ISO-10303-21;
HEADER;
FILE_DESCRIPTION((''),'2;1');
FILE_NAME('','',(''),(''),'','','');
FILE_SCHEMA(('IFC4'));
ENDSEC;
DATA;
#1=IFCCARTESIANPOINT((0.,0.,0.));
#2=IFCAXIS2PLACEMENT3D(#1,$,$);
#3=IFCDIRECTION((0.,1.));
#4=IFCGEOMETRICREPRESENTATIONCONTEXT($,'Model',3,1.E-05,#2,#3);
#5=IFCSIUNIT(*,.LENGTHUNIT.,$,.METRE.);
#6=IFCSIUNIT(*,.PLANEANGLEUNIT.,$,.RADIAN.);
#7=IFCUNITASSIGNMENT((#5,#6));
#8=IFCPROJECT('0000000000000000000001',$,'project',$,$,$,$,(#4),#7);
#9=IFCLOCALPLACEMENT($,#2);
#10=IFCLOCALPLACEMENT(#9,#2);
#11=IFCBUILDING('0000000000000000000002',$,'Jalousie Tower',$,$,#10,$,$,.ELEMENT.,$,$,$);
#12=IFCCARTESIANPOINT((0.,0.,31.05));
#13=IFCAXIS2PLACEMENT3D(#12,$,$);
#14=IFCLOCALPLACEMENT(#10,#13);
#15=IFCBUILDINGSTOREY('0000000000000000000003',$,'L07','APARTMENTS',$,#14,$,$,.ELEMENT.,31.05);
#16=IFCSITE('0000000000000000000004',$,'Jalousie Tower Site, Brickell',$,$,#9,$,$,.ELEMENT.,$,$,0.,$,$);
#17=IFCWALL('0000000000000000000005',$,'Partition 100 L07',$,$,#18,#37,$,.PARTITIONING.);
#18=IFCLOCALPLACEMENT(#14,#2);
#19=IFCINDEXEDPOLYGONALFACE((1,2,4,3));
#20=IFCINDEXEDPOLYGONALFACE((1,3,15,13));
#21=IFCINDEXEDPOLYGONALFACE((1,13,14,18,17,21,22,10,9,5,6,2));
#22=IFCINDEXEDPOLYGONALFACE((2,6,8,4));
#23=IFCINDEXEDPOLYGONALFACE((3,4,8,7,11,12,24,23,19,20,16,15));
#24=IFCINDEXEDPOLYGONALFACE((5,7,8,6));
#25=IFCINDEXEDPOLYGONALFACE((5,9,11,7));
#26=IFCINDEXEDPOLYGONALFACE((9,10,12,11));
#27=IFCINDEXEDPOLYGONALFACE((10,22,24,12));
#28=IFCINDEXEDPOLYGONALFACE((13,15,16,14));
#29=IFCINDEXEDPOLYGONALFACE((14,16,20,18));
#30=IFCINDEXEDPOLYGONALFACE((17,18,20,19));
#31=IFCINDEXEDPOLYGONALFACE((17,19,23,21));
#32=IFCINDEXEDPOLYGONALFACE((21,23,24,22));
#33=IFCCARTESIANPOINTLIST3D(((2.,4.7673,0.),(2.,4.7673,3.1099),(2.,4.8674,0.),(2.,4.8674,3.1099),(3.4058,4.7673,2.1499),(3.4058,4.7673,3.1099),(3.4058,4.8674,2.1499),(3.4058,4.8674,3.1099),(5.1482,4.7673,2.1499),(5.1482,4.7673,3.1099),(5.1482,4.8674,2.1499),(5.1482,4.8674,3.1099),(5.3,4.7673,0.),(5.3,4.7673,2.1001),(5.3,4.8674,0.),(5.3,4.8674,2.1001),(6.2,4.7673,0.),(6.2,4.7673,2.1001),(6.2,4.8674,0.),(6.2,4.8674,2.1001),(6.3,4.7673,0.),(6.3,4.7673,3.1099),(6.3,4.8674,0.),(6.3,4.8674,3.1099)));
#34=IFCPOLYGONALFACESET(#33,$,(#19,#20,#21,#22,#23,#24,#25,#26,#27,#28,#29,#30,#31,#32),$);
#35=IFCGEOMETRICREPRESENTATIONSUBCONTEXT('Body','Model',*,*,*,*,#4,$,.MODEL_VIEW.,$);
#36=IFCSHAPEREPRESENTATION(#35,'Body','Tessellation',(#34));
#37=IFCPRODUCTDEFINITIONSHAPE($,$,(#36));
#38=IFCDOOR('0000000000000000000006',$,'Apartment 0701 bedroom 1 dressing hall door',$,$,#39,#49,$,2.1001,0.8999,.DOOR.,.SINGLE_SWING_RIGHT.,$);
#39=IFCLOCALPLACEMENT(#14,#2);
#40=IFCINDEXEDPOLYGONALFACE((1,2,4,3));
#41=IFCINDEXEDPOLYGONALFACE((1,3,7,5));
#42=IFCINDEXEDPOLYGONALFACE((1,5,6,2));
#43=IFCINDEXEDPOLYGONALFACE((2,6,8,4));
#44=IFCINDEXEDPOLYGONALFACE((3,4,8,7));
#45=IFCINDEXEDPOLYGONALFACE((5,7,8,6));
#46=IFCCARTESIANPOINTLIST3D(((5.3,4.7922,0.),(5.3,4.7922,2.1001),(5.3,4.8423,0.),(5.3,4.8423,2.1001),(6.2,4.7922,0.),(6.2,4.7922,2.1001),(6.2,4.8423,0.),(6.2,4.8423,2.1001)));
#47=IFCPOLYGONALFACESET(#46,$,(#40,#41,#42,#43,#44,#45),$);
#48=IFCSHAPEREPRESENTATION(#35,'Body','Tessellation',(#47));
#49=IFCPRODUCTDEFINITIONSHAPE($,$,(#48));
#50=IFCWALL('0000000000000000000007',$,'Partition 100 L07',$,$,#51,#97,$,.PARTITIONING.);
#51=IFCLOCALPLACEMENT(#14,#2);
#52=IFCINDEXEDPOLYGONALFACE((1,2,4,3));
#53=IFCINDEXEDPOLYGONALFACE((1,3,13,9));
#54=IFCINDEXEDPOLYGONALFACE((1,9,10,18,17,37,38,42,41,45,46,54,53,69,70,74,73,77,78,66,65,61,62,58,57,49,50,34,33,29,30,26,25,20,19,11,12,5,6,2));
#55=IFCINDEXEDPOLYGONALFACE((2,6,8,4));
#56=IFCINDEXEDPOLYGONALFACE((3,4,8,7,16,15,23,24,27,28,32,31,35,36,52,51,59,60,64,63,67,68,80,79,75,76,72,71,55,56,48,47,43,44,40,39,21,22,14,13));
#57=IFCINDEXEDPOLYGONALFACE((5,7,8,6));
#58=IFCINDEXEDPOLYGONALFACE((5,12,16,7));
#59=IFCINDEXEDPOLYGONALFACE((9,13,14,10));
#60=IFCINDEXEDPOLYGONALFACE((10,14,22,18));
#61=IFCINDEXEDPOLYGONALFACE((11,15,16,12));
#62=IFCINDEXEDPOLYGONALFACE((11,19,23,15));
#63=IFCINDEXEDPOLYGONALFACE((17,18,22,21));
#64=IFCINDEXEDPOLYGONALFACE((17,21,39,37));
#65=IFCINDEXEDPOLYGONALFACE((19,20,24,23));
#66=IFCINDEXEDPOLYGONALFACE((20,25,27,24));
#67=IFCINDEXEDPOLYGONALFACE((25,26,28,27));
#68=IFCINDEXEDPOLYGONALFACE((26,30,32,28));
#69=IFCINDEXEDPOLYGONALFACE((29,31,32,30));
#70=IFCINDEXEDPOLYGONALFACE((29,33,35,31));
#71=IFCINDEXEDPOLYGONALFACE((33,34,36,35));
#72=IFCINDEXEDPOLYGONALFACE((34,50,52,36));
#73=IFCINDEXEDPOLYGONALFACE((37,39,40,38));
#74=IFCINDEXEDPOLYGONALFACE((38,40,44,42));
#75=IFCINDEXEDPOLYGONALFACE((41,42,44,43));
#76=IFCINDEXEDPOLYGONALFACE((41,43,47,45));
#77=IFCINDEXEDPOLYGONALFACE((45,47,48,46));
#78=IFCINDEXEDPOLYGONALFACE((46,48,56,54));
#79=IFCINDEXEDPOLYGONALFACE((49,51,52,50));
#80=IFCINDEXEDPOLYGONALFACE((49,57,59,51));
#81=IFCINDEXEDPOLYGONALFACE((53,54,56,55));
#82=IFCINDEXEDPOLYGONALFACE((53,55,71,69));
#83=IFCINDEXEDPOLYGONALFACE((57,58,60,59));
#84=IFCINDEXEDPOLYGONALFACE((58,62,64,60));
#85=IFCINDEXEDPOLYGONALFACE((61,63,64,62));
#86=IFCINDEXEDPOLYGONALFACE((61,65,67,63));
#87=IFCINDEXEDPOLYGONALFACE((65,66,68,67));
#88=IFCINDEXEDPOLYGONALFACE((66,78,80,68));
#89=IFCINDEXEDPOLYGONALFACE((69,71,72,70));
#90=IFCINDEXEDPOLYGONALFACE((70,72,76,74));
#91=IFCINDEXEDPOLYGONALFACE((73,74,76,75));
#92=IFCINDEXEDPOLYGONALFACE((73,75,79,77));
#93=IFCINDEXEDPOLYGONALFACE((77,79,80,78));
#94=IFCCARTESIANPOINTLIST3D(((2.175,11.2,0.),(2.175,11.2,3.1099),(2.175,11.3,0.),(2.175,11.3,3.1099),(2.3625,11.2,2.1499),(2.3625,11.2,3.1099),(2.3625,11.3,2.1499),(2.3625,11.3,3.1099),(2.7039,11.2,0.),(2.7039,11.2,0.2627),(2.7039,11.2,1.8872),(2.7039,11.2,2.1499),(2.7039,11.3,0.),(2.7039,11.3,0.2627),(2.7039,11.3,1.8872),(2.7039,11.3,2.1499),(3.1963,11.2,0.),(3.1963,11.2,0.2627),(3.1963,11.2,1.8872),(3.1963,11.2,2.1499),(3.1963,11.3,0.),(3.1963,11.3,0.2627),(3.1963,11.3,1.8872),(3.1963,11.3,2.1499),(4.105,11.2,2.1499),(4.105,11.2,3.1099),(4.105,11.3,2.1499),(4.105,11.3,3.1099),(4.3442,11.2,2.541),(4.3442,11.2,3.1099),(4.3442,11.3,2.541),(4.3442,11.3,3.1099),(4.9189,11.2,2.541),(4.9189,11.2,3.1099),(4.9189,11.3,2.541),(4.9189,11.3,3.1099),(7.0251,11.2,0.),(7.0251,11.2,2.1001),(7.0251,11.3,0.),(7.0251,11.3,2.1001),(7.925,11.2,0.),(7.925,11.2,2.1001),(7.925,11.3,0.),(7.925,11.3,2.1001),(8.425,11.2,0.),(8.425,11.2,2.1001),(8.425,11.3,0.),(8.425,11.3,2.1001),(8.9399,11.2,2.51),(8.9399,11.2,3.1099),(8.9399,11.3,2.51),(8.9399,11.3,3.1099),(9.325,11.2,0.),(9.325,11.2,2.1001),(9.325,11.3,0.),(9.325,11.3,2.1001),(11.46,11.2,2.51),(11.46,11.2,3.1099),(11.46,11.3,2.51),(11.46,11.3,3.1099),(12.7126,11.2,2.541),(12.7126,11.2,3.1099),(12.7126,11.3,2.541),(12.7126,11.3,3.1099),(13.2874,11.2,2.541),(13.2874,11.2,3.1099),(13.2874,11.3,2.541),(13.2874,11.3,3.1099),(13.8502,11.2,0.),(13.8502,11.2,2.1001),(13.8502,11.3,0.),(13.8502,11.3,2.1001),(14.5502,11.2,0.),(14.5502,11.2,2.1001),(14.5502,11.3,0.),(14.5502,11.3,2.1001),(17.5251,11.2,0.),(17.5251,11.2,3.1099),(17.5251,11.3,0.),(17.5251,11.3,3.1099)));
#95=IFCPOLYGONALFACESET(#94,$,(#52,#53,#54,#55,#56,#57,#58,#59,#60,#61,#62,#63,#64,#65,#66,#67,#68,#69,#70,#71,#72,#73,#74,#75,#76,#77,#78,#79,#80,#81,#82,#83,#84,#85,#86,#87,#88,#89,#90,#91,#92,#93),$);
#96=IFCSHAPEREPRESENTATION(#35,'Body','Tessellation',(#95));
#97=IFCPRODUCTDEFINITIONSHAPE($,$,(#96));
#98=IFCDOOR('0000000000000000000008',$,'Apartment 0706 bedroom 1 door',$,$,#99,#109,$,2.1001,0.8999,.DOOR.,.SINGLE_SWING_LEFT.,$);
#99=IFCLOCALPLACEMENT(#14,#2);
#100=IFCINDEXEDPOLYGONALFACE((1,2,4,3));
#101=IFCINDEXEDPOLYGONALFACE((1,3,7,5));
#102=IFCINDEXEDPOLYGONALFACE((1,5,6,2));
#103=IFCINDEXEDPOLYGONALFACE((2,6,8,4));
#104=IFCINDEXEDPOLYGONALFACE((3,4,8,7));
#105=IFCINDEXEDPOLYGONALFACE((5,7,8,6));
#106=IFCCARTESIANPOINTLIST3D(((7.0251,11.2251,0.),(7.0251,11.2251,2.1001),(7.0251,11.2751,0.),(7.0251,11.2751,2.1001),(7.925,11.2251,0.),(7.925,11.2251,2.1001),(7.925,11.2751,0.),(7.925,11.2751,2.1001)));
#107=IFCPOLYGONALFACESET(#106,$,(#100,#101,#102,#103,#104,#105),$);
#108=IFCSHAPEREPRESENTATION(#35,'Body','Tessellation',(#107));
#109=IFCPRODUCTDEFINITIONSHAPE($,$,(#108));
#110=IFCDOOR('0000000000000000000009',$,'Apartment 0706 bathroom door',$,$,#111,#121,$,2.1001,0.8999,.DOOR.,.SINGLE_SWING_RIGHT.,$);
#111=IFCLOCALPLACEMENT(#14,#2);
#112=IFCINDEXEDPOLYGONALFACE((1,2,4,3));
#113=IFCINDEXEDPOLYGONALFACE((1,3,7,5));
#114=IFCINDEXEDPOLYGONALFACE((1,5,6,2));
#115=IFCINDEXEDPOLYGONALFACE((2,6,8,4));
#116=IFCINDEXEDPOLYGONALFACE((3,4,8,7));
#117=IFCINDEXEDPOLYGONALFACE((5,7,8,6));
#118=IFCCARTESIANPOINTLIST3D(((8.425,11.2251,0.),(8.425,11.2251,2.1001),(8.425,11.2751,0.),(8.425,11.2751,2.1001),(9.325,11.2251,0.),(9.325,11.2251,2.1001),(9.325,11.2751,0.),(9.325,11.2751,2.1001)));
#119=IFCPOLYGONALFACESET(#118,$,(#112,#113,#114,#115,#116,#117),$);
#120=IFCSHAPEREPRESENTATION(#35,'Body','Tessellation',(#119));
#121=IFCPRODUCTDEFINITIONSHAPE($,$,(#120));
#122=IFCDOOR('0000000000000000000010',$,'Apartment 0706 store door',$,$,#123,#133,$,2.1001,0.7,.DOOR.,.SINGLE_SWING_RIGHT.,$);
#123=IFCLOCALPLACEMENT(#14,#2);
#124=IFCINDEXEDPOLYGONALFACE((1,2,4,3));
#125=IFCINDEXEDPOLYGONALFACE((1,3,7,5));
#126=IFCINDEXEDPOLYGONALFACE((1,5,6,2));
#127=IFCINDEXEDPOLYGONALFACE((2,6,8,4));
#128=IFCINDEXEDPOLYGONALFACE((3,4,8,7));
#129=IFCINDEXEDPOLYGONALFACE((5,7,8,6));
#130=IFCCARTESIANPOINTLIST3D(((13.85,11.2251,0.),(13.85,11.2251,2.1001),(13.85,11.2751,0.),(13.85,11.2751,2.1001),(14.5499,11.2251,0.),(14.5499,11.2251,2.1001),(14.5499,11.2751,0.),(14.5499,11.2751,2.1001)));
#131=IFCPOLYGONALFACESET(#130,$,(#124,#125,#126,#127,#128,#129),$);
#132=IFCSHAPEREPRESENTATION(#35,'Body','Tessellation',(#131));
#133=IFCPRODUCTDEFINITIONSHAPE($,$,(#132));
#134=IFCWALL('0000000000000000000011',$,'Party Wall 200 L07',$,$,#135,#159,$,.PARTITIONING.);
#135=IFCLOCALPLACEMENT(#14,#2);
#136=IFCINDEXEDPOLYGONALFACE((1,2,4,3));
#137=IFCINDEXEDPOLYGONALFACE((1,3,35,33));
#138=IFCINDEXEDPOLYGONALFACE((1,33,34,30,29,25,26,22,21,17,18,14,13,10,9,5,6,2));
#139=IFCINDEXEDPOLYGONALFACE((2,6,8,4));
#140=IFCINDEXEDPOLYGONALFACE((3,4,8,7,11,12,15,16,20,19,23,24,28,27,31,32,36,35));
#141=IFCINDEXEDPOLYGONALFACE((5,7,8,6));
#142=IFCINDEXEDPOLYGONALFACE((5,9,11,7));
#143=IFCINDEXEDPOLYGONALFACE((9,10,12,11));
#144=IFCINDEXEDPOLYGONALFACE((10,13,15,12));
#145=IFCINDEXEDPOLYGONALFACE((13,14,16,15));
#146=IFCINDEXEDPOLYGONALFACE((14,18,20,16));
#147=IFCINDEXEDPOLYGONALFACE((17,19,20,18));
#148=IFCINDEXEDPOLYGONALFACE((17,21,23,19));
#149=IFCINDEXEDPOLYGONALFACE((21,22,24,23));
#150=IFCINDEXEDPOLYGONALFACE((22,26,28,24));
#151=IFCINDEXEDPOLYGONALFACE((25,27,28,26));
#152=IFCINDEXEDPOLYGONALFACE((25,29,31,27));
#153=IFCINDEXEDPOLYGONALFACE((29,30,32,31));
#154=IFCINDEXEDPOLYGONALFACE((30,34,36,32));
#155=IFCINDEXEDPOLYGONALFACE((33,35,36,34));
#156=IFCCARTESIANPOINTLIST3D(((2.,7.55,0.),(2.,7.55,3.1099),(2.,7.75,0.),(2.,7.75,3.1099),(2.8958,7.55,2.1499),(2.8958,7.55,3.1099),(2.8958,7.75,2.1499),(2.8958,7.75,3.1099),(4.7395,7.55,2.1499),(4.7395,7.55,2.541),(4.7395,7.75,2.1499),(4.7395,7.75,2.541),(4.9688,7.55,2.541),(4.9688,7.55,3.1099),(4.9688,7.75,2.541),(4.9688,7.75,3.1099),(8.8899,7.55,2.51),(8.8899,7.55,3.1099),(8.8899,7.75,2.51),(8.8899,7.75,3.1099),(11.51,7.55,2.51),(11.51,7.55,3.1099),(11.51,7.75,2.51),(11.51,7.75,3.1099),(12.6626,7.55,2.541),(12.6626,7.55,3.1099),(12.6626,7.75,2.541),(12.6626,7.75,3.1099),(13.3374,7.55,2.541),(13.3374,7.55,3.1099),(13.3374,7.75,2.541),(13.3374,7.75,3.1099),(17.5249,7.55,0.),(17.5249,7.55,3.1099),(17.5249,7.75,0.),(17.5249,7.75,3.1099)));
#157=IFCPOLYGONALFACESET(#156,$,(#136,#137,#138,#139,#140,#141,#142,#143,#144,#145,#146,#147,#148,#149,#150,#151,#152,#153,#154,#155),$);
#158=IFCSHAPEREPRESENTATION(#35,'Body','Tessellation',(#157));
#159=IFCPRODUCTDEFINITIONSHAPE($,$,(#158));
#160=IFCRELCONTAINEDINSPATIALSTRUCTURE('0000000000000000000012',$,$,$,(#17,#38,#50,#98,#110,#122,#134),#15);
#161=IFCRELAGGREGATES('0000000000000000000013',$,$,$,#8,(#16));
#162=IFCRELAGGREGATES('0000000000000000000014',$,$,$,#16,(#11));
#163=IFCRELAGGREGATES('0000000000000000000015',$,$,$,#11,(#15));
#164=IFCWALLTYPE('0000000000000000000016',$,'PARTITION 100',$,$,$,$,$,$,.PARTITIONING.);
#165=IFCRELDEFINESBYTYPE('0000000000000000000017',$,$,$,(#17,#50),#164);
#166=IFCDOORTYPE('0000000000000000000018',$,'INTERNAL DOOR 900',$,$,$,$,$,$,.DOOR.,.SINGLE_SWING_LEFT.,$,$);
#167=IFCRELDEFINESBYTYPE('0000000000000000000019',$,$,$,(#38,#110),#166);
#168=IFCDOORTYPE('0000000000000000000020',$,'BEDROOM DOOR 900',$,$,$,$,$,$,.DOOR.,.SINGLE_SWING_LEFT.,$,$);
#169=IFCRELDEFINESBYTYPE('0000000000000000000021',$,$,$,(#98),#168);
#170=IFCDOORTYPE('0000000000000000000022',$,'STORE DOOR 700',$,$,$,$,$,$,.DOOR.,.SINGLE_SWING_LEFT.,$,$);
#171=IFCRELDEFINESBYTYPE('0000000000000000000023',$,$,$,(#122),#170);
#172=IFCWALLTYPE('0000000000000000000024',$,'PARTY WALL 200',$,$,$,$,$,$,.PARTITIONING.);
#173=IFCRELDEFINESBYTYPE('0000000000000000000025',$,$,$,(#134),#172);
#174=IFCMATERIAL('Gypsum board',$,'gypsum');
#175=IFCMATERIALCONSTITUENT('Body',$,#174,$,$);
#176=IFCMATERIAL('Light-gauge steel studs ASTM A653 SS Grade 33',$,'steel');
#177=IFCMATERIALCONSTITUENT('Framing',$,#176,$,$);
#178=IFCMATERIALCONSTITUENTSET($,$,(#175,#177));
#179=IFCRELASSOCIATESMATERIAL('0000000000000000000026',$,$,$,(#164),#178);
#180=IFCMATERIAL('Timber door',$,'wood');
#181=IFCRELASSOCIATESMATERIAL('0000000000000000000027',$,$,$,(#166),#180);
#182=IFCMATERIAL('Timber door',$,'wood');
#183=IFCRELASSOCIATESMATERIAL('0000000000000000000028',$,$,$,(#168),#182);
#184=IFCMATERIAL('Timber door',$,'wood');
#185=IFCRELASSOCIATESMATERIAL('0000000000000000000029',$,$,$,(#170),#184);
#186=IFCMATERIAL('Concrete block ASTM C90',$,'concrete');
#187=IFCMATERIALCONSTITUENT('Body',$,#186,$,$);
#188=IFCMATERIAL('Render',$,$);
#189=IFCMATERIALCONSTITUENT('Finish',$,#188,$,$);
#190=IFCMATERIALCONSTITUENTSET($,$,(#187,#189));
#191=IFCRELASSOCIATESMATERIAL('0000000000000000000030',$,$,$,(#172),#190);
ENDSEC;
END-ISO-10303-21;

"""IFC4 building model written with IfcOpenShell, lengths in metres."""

from ifc_helpers import new_model, si_unit, direction, frame, frame_2d, origin, place, context, subcontext, project, spatial, polyline, rectangle, outline, extrude, material, constituent, constituent_set, type_object, element, fill, save


model = new_model("IFC4")

# Units and contexts
model_context = context("Model", 3, precision=1e-05, world=origin(), true_north=direction((0.0, 1.0)))
body_context = subcontext(model_context, "Body", "Model", "MODEL_VIEW")
ifc_project = project(units=[si_unit("LENGTHUNIT", "METRE"), si_unit("PLANEANGLEUNIT", "RADIAN")], contexts=[model_context])

# Site, building, storey
site_placement = place(None, origin())
site = spatial("IfcSite", under=ifc_project, at=site_placement, Name="Jalousie Tower Site, Brickell", CompositionType="ELEMENT", RefElevation=0.0)
building_placement = place(site_placement, origin())
building = spatial("IfcBuilding", under=site, at=building_placement, Name="Jalousie Tower", CompositionType="ELEMENT")
storey_placement = place(building_placement, frame((0.0, 0.0, 31.05)))
storey = spatial("IfcBuildingStorey", under=building, at=storey_placement, Name="L07", Description="APARTMENTS", CompositionType="ELEMENT", Elevation=31.05)

# Wall, opening, door
ifc_material_1 = material(Name="Gypsum board", Category="gypsum")
ifc_constituent_1 = constituent(ifc_material_1, Name="Body")
ifc_material_2 = material(Name="Light-gauge steel studs ASTM A653 SS Grade 33", Category="steel")
ifc_constituent_2 = constituent(ifc_material_2, Name="Framing")
ifc_constituent_set_1 = constituent_set(constituents=[ifc_constituent_1, ifc_constituent_2])
wall_type_1 = type_object("IfcWallType", Name="PARTITION 100", PredefinedType="PARTITIONING", material=ifc_constituent_set_1)
wall_1_placement = place(storey_placement, frame((2.0, 4.8174, 0.0), z_axis=(0.0, 0.0, 1.0), x_axis=(1.0, 0.0, 0.0)))
wall_1 = element("IfcWall", 1, at=wall_1_placement, inside=storey, type_object=wall_type_1, Name="Partition 100 L07", PredefinedType="PARTITIONING", context=body_context, shape_type="SweptSolid", body=[
    extrude(outline(polyline([(0.0, 0.0), (4.3, 0.0), (4.3, 3.1099), (3.1482, 3.1099), (3.1482, 2.1499), (1.4058, 2.1499), (1.4058, 3.1099), (0.0, 3.1099), (0.0, 0.0)])), frame((0.0, 0.05, 0.0), z_axis=(0.0, -1.0, 0.0), x_axis=(1.0, 0.0, 0.0)), (0.0, 0.0, 1.0), 0.1001),
])
opening_1_placement = place(wall_1_placement, frame((3.3, 0.0, 0.0)))
opening_1 = element("IfcOpeningElement", 2, at=opening_1_placement, cuts=wall_1, PredefinedType="OPENING", context=body_context, shape_type="SweptSolid", body=[
    extrude(rectangle(XDim=0.8999, YDim=2.1001, at=frame_2d((0.45, 1.05))), frame((0.0, 0.0601, 0.0), z_axis=(0.0, -1.0, 0.0), x_axis=(1.0, 0.0, 0.0)), (0.0, 0.0, 1.0), 0.1201),
])
ifc_material_3 = material(Name="Timber door", Category="wood")
door_type_1 = type_object("IfcDoorType", Name="INTERNAL DOOR 900", OperationType="SINGLE_SWING_LEFT", PredefinedType="DOOR", material=ifc_material_3)
door_1_placement = place(opening_1_placement, origin())
door_1 = element("IfcDoor", 3, at=door_1_placement, inside=storey, type_object=door_type_1, Name="Apartment 0701 bedroom 1 dressing hall door", OperationType="SINGLE_SWING_RIGHT", OverallHeight=2.1001, OverallWidth=0.8999, PredefinedType="DOOR", context=body_context, shape_type="SweptSolid", body=[
    extrude(rectangle(XDim=0.8999, YDim=2.1001, at=frame_2d((0.45, 1.05))), frame((0.0, 0.0249, 0.0), z_axis=(0.0, -1.0, 0.0), x_axis=(1.0, 0.0, 0.0)), (0.0, 0.0, 1.0), 0.05),
])
fill(opening_1, door_1)

# Wall, openings, doors
wall_2_placement = place(storey_placement, frame((2.175, 11.25, 0.0), z_axis=(0.0, 0.0, 1.0), x_axis=(1.0, 0.0, 0.0)))
wall_2 = element("IfcWall", 4, at=wall_2_placement, inside=storey, type_object=wall_type_1, Name="Partition 100 L07", PredefinedType="PARTITIONING", context=body_context, shape_type="SweptSolid", body=[
    extrude(outline(polyline([(0.1875, 3.1099), (0.0, 3.1099), (0.0, 0.0), (0.5288, 0.0), (0.5288, 0.2627), (1.0212, 0.2627), (1.0212, 0.0), (15.3501, 0.0), (15.3501, 3.1099), (11.1123, 3.1099), (11.1123, 2.541), (10.5376, 2.541), (10.5376, 3.1099), (9.2849, 3.1099), (9.2849, 2.51), (6.7649, 2.51), (6.7649, 3.1099), (2.7439, 3.1099), (2.7439, 2.541), (2.1692, 2.541), (2.1692, 3.1099), (1.9299, 3.1099), (1.9299, 2.1499), (1.0212, 2.1499), (1.0212, 1.8872), (0.5288, 1.8872), (0.5288, 2.1499), (0.1875, 2.1499), (0.1875, 3.1099)])), frame((0.0, 0.05, 0.0), z_axis=(0.0, -1.0, 0.0), x_axis=(1.0, 0.0, 0.0)), (0.0, 0.0, 1.0), 0.1001),
])
opening_2_placement = place(wall_2_placement, frame((4.8501, 0.0, 0.0)))
opening_2 = element("IfcOpeningElement", 5, at=opening_2_placement, cuts=wall_2, PredefinedType="OPENING", context=body_context, shape_type="SweptSolid", body=[
    extrude(rectangle(XDim=0.8999, YDim=2.1001, at=frame_2d((0.45, 1.05))), frame((0.0, 0.0601, 0.0), z_axis=(0.0, -1.0, 0.0), x_axis=(1.0, 0.0, 0.0)), (0.0, 0.0, 1.0), 0.1201),
])
opening_3_placement = place(wall_2_placement, frame((6.25, 0.0, 0.0)))
opening_3 = element("IfcOpeningElement", 6, at=opening_3_placement, cuts=wall_2, PredefinedType="OPENING", context=body_context, shape_type="SweptSolid", body=[
    extrude(rectangle(XDim=0.8999, YDim=2.1001, at=frame_2d((0.45, 1.05))), frame((0.0, 0.0601, 0.0), z_axis=(0.0, -1.0, 0.0), x_axis=(1.0, 0.0, 0.0)), (0.0, 0.0, 1.0), 0.1201),
])
opening_4_placement = place(wall_2_placement, frame((11.675, 0.0, 0.0)))
opening_4 = element("IfcOpeningElement", 7, at=opening_4_placement, cuts=wall_2, PredefinedType="OPENING", context=body_context, shape_type="SweptSolid", body=[
    extrude(rectangle(XDim=0.7, YDim=2.1001, at=frame_2d((0.3501, 1.05))), frame((0.0, 0.0601, 0.0), z_axis=(0.0, -1.0, 0.0), x_axis=(1.0, 0.0, 0.0)), (0.0, 0.0, 1.0), 0.1201),
])
ifc_material_4 = material(Name="Timber door", Category="wood")
door_type_2 = type_object("IfcDoorType", Name="BEDROOM DOOR 900", OperationType="SINGLE_SWING_LEFT", PredefinedType="DOOR", material=ifc_material_4)
door_2_placement = place(opening_2_placement, frame((0.8999, 0.0, 0.0), z_axis=(0.0, 0.0, 1.0), x_axis=(-1.0, 0.0, 0.0)))
door_2 = element("IfcDoor", 8, at=door_2_placement, inside=storey, type_object=door_type_2, Name="Apartment 0706 bedroom 1 door", OperationType="SINGLE_SWING_LEFT", OverallHeight=2.1001, OverallWidth=0.8999, PredefinedType="DOOR", context=body_context, shape_type="SweptSolid", body=[
    extrude(rectangle(XDim=0.8999, YDim=2.1001, at=frame_2d((0.45, 1.05))), frame((0.0, 0.0249, 0.0), z_axis=(0.0, -1.0, 0.0), x_axis=(1.0, 0.0, 0.0)), (0.0, 0.0, 1.0), 0.05),
])
fill(opening_2, door_2)
door_3_placement = place(opening_3_placement, frame((0.8999, 0.0, 0.0), z_axis=(0.0, 0.0, 1.0), x_axis=(-1.0, 0.0, 0.0)))
door_3 = element("IfcDoor", 9, at=door_3_placement, inside=storey, type_object=door_type_1, Name="Apartment 0706 bathroom door", OperationType="SINGLE_SWING_RIGHT", OverallHeight=2.1001, OverallWidth=0.8999, PredefinedType="DOOR", context=body_context, shape_type="SweptSolid", body=[
    extrude(rectangle(XDim=0.8999, YDim=2.1001, at=frame_2d((0.45, 1.05))), frame((0.0, 0.0249, 0.0), z_axis=(0.0, -1.0, 0.0), x_axis=(1.0, 0.0, 0.0)), (0.0, 0.0, 1.0), 0.05),
])
fill(opening_3, door_3)
ifc_material_5 = material(Name="Timber door", Category="wood")
door_type_3 = type_object("IfcDoorType", Name="STORE DOOR 700", OperationType="SINGLE_SWING_LEFT", PredefinedType="DOOR", material=ifc_material_5)
door_4_placement = place(opening_4_placement, frame((0.7, 0.0, 0.0), z_axis=(0.0, 0.0, 1.0), x_axis=(-1.0, 0.0, 0.0)))
door_4 = element("IfcDoor", 10, at=door_4_placement, inside=storey, type_object=door_type_3, Name="Apartment 0706 store door", OperationType="SINGLE_SWING_RIGHT", OverallHeight=2.1001, OverallWidth=0.7, PredefinedType="DOOR", context=body_context, shape_type="SweptSolid", body=[
    extrude(rectangle(XDim=0.7, YDim=2.1001, at=frame_2d((0.3501, 1.05))), frame((0.0, 0.0249, 0.0), z_axis=(0.0, -1.0, 0.0), x_axis=(1.0, 0.0, 0.0)), (0.0, 0.0, 1.0), 0.05),
])
fill(opening_4, door_4)

# Wall
ifc_material_6 = material(Name="Concrete block ASTM C90", Category="concrete")
ifc_constituent_3 = constituent(ifc_material_6, Name="Body")
ifc_material_7 = material(Name="Render")
ifc_constituent_4 = constituent(ifc_material_7, Name="Finish")
ifc_constituent_set_2 = constituent_set(constituents=[ifc_constituent_3, ifc_constituent_4])
wall_type_2 = type_object("IfcWallType", Name="PARTY WALL 200", PredefinedType="PARTITIONING", material=ifc_constituent_set_2)
wall_3_placement = place(storey_placement, frame((2.0, 7.6499, 0.0), z_axis=(0.0, 0.0, 1.0), x_axis=(1.0, 0.0, 0.0)))
element("IfcWall", 11, at=wall_3_placement, inside=storey, type_object=wall_type_2, Name="Party Wall 200 L07", PredefinedType="PARTITIONING", context=body_context, shape_type="SweptSolid", body=[
    extrude(outline(polyline([(0.0, 0.0), (15.5249, 0.0), (15.5249, 3.1099), (11.3374, 3.1099), (11.3374, 2.541), (10.6626, 2.541), (10.6626, 3.1099), (9.51, 3.1099), (9.51, 2.51), (6.8899, 2.51), (6.8899, 3.1099), (2.9688, 3.1099), (2.9688, 2.541), (2.7395, 2.541), (2.7395, 2.1499), (0.8958, 2.1499), (0.8958, 3.1099), (0.0, 3.1099), (0.0, 0.0)])), frame((0.0, 0.1001, 0.0), z_axis=(0.0, -1.0, 0.0), x_axis=(1.0, 0.0, 0.0)), (0.0, 0.0, 1.0), 0.2),
])

save(model, "model.ifc")
